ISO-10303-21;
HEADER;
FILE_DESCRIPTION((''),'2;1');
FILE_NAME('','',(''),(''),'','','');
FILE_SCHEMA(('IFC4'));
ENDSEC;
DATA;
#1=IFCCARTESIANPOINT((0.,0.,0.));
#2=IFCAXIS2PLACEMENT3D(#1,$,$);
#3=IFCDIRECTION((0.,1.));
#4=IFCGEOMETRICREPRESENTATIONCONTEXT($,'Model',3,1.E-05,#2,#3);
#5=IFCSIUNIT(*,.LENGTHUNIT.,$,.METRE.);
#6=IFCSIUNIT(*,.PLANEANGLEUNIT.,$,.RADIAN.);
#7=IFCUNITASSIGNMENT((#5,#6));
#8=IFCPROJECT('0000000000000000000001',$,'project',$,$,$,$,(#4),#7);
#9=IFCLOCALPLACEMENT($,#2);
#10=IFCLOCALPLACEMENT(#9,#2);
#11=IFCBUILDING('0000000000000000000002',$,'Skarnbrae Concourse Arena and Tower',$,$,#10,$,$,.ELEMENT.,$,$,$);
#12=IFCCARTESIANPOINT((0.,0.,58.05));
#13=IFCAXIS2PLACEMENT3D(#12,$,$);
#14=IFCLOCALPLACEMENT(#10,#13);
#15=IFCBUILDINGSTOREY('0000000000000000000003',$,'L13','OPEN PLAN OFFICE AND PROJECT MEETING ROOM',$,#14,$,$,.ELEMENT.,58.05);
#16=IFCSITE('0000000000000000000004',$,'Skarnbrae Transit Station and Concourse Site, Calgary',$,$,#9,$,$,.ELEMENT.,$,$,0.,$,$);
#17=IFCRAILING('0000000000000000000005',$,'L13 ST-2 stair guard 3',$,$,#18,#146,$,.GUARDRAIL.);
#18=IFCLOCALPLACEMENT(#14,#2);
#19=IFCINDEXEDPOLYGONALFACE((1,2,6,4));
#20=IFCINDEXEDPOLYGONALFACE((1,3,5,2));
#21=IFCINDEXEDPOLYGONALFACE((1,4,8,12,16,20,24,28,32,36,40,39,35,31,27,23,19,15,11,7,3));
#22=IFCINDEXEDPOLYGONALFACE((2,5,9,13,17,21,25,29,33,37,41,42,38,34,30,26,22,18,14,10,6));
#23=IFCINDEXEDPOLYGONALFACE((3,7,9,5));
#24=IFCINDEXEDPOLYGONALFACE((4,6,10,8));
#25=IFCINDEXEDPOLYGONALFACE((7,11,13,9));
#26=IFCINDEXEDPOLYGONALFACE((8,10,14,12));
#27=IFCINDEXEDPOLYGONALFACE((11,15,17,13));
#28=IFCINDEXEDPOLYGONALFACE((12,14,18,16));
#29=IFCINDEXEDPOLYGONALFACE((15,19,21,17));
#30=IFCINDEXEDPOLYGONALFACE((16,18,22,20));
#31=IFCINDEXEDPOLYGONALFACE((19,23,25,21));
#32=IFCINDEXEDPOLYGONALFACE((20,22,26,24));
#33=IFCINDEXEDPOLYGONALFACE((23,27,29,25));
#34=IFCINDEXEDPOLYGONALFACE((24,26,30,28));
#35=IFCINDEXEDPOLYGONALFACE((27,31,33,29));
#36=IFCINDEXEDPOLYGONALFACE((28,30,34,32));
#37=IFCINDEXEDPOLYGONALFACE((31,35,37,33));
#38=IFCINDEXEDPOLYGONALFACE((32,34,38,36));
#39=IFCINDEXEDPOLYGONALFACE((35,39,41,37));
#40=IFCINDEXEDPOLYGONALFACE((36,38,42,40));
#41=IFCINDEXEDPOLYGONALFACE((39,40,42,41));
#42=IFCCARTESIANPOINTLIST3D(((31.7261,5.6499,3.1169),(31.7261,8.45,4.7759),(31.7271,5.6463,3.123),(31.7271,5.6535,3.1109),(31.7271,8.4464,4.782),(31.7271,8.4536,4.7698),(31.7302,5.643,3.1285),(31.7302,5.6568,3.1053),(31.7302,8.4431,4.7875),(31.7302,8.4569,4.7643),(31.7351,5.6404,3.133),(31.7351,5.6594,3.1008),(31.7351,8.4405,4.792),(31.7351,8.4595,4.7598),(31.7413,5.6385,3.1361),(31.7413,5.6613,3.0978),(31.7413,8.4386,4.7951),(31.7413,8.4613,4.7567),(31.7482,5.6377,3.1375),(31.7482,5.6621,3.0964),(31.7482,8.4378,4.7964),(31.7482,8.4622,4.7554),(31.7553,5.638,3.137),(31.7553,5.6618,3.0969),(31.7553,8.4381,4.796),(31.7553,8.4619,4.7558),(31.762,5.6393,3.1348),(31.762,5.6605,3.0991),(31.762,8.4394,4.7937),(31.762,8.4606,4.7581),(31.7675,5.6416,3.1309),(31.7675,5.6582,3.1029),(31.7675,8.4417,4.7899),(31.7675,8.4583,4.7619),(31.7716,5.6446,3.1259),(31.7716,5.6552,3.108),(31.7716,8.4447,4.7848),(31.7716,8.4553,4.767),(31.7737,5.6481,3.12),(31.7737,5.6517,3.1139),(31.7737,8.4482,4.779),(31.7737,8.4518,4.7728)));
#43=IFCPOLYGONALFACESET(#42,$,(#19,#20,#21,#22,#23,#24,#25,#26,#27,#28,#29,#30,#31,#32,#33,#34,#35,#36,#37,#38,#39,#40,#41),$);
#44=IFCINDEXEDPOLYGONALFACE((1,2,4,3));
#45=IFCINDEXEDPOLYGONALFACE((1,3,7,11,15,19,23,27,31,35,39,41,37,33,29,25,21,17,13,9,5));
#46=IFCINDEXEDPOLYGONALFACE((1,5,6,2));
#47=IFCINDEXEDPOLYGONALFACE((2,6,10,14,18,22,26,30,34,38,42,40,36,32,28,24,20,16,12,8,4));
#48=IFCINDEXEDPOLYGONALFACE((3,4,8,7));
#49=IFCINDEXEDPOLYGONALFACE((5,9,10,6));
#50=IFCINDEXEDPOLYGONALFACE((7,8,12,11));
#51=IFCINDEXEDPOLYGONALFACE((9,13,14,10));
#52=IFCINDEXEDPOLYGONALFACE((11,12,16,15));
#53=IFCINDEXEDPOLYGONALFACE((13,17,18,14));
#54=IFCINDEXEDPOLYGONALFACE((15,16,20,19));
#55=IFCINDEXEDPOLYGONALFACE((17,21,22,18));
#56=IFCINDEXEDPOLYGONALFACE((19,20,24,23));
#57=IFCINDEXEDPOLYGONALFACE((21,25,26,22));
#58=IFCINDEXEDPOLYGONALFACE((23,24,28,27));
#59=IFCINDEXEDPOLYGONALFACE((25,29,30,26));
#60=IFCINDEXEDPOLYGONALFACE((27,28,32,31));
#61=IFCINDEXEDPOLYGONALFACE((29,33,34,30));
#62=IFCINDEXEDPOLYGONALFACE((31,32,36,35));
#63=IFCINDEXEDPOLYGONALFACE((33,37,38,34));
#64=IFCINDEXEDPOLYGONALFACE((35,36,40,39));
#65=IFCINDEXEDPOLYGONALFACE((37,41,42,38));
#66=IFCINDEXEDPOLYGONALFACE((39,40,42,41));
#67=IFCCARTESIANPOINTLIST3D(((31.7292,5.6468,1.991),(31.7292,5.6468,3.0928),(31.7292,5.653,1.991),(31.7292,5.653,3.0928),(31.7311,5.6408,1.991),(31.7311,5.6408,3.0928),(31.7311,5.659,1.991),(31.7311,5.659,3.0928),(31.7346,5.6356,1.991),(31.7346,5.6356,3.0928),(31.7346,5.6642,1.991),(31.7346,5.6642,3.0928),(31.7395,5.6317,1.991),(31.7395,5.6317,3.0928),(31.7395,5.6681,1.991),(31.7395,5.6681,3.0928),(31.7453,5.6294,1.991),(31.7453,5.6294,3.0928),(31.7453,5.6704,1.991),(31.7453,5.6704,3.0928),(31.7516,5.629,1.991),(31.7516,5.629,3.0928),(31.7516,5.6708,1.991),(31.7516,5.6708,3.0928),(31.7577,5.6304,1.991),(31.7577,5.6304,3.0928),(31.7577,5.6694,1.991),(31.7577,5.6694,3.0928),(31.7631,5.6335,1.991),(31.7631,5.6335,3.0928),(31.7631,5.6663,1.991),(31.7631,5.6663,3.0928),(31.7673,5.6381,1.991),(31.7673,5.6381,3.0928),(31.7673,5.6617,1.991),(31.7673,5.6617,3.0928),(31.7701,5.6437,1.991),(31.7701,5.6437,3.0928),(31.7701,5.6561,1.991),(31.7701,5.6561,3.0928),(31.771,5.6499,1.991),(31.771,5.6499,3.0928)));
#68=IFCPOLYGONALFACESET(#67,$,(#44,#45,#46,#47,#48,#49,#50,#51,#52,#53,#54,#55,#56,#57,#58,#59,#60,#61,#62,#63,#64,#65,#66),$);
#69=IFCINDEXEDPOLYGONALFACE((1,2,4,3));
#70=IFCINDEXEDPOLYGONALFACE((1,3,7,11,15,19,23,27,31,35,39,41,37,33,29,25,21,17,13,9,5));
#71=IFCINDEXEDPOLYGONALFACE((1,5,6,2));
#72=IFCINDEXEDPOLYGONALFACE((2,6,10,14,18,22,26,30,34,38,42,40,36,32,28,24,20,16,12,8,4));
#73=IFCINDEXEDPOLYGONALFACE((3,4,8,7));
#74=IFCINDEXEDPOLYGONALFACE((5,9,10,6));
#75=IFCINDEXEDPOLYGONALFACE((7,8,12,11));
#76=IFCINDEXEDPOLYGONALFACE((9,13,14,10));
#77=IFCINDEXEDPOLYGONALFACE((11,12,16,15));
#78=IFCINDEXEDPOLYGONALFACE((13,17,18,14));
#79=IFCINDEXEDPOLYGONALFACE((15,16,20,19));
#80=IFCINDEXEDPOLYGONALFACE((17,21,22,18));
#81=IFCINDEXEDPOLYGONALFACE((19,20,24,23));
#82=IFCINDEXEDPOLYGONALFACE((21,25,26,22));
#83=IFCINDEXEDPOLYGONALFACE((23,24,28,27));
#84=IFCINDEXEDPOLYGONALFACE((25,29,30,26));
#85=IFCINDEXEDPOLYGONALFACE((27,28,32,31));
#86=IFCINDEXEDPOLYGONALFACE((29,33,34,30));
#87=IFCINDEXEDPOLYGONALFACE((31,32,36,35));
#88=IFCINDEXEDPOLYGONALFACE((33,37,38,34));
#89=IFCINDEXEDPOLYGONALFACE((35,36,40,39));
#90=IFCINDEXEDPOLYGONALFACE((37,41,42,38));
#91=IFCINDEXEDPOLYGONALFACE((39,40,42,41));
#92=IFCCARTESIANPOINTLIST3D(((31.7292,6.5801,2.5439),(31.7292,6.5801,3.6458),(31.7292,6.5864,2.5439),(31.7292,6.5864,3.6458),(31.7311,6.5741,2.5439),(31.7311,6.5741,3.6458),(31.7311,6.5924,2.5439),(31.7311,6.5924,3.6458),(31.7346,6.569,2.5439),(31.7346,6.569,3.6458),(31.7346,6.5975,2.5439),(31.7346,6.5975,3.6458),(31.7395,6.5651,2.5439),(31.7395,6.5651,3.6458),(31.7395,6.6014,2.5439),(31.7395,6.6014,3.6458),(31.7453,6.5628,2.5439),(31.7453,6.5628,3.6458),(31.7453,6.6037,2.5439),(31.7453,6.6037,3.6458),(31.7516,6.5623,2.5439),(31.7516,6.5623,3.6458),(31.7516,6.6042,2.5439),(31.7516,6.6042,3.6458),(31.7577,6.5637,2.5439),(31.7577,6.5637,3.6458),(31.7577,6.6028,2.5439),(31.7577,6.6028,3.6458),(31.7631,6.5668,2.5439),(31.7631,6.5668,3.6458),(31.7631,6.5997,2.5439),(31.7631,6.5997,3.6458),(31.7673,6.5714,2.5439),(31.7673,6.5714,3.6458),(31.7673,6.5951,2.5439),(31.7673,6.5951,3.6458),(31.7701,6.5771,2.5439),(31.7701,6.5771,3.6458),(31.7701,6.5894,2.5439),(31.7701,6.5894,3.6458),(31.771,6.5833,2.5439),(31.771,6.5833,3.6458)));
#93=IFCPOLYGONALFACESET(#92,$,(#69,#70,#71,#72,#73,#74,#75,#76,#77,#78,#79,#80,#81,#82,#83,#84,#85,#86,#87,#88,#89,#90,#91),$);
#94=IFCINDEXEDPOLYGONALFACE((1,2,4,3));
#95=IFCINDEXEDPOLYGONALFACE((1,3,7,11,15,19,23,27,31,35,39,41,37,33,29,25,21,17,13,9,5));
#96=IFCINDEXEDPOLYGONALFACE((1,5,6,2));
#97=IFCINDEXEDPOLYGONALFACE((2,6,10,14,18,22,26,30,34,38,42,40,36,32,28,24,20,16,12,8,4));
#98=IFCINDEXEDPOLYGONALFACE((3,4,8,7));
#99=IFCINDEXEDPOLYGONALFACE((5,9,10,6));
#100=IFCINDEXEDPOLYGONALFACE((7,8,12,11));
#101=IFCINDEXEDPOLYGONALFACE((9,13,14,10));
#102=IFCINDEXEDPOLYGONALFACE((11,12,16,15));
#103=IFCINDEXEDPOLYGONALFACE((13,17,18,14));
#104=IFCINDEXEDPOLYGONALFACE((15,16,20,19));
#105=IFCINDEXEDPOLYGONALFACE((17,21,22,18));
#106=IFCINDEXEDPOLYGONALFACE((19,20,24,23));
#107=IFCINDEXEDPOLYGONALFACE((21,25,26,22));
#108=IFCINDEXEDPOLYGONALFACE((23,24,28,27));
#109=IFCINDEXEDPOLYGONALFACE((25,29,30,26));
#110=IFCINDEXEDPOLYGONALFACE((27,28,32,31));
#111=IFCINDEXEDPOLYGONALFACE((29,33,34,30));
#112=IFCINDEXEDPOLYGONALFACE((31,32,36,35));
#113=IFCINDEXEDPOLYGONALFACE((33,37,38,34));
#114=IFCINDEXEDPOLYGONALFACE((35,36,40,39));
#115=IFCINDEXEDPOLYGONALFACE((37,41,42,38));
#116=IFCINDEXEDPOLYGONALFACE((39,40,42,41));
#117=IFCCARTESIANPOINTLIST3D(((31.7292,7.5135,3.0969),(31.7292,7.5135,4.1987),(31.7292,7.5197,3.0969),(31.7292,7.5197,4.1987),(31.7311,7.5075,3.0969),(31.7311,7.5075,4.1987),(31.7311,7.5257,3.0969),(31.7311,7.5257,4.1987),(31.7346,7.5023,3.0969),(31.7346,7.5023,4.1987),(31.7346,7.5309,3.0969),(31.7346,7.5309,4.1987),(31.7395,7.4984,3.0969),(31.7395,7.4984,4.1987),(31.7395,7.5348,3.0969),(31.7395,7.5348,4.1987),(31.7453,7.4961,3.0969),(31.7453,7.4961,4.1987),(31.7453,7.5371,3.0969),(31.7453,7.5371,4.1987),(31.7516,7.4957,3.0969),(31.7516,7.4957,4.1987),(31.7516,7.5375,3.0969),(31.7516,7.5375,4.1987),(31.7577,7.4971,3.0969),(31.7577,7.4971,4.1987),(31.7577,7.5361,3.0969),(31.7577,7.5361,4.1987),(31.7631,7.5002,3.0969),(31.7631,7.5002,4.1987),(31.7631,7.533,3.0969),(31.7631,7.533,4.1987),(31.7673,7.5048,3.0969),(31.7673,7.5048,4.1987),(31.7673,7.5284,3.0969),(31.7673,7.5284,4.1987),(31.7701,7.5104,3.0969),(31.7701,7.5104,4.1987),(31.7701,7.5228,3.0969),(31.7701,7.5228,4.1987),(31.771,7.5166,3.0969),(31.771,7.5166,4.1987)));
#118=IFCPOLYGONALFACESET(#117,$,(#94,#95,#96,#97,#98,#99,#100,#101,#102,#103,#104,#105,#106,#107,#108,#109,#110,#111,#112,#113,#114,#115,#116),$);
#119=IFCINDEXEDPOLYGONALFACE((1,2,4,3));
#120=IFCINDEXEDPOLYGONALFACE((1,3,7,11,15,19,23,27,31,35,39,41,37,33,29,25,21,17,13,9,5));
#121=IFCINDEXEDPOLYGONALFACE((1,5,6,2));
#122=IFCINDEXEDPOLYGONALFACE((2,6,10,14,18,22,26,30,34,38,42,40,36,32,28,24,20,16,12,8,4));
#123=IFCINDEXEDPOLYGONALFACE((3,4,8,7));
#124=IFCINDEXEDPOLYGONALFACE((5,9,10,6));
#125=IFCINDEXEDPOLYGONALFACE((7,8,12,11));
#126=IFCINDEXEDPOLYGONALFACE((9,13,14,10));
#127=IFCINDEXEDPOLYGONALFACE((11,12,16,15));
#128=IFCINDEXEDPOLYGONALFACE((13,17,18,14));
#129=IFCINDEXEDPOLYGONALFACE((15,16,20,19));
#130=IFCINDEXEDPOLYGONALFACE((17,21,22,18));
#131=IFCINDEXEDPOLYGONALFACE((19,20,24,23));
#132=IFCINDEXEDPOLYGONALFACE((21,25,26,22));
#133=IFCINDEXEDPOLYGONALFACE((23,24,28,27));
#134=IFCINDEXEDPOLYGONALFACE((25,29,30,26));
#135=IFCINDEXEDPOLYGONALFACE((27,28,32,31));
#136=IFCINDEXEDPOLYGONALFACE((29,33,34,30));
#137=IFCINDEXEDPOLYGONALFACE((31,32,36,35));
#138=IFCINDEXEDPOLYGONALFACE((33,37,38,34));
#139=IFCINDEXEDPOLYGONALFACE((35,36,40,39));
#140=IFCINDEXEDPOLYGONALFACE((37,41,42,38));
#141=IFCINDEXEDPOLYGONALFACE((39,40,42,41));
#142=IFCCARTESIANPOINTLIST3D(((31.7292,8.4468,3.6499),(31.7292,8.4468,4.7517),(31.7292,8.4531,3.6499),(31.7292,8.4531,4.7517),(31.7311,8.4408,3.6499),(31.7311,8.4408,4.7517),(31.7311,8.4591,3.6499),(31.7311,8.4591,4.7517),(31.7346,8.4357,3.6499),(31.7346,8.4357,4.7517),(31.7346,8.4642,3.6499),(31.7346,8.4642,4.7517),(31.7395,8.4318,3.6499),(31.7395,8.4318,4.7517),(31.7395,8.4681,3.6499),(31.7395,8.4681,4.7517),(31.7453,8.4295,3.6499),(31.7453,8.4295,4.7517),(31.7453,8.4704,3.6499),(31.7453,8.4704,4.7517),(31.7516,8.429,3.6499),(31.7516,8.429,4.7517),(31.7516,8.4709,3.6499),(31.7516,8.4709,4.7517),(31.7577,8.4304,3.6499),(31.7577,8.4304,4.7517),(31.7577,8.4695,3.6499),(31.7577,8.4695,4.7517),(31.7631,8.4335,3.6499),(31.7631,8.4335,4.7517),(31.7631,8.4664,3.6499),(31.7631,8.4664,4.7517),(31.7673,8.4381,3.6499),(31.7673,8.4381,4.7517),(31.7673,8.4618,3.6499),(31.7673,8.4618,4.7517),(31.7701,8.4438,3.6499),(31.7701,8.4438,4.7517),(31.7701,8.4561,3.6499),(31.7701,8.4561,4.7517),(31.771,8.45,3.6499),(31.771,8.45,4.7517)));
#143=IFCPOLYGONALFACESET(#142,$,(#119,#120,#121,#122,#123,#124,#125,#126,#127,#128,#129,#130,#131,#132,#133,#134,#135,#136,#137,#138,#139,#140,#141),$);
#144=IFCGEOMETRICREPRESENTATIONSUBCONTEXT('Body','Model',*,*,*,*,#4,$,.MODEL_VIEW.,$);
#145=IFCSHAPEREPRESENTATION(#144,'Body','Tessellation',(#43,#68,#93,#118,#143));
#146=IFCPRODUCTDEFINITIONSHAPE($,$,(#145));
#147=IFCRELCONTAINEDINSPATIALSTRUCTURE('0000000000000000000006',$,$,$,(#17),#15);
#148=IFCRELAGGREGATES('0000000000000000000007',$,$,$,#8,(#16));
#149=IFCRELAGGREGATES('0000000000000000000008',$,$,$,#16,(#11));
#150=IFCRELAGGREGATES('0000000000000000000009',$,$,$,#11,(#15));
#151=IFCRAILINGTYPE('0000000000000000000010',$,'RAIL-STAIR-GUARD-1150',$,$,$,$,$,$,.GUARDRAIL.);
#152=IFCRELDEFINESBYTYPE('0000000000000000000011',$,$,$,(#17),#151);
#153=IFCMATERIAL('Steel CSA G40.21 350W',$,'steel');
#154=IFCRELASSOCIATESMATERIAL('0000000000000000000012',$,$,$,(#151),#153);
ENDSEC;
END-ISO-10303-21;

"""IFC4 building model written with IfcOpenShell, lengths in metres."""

from ifc_helpers import new_model, si_unit, direction, frame, origin, origin_2d, place, context, subcontext, project, spatial, circle, extrude, material, type_object, element, save


model = new_model("IFC4")

# Units and contexts
model_context = context("Model", 3, precision=1e-05, world=origin(), true_north=direction((0.0, 1.0)))
body_context = subcontext(model_context, "Body", "Model", "MODEL_VIEW")
ifc_project = project(units=[si_unit("LENGTHUNIT", "METRE"), si_unit("PLANEANGLEUNIT", "RADIAN")], contexts=[model_context])

# Site, building, storey
site_placement = place(None, origin())
site = spatial("IfcSite", under=ifc_project, at=site_placement, Name="Skarnbrae Transit Station and Concourse Site, Calgary", CompositionType="ELEMENT", RefElevation=0.0)
building_placement = place(site_placement, origin())
building = spatial("IfcBuilding", under=site, at=building_placement, Name="Skarnbrae Concourse Arena and Tower", CompositionType="ELEMENT")
storey_placement = place(building_placement, frame((0.0, 0.0, 58.05)))
storey = spatial("IfcBuildingStorey", under=building, at=storey_placement, Name="L13", Description="OPEN PLAN OFFICE AND PROJECT MEETING ROOM", CompositionType="ELEMENT", Elevation=58.05)

# Shared definitions
ifc_material_1 = material(Name="Steel CSA G40.21 350W", Category="steel")

# Railing
railing_type_1 = type_object("IfcRailingType", Name="RAIL-STAIR-GUARD-1150", PredefinedType="GUARDRAIL", material=ifc_material_1)
railing_1_placement = place(storey_placement, frame((31.75, 5.6499, 1.991)))
element("IfcRailing", 1, at=railing_1_placement, inside=storey, type_object=railing_type_1, Name="L13 ST-2 stair guard 3", PredefinedType="GUARDRAIL", context=body_context, shape_type="SweptSolid", body=[
    extrude(circle(Radius=0.0239, at=origin_2d()), frame((0.0, 0.0, 1.126), z_axis=(0.0, 0.860339, 0.509722), x_axis=(-1.0, 0.0, 0.0)), (0.0, 0.0, 1.0), 3.2546),
    extrude(circle(Radius=0.021, at=origin_2d()), origin(), (0.0, 0.0, 1.0), 1.1018),
    extrude(circle(Radius=0.021, at=origin_2d()), frame((0.0, 0.9333, 0.553)), (0.0, 0.0, 1.0), 1.1018),
    extrude(circle(Radius=0.021, at=origin_2d()), frame((0.0, 1.8667, 1.106)), (0.0, 0.0, 1.0), 1.1018),
    extrude(circle(Radius=0.021, at=origin_2d()), frame((0.0, 2.8, 1.6589)), (0.0, 0.0, 1.0), 1.1018),
])

save(model, "model.ifc")
